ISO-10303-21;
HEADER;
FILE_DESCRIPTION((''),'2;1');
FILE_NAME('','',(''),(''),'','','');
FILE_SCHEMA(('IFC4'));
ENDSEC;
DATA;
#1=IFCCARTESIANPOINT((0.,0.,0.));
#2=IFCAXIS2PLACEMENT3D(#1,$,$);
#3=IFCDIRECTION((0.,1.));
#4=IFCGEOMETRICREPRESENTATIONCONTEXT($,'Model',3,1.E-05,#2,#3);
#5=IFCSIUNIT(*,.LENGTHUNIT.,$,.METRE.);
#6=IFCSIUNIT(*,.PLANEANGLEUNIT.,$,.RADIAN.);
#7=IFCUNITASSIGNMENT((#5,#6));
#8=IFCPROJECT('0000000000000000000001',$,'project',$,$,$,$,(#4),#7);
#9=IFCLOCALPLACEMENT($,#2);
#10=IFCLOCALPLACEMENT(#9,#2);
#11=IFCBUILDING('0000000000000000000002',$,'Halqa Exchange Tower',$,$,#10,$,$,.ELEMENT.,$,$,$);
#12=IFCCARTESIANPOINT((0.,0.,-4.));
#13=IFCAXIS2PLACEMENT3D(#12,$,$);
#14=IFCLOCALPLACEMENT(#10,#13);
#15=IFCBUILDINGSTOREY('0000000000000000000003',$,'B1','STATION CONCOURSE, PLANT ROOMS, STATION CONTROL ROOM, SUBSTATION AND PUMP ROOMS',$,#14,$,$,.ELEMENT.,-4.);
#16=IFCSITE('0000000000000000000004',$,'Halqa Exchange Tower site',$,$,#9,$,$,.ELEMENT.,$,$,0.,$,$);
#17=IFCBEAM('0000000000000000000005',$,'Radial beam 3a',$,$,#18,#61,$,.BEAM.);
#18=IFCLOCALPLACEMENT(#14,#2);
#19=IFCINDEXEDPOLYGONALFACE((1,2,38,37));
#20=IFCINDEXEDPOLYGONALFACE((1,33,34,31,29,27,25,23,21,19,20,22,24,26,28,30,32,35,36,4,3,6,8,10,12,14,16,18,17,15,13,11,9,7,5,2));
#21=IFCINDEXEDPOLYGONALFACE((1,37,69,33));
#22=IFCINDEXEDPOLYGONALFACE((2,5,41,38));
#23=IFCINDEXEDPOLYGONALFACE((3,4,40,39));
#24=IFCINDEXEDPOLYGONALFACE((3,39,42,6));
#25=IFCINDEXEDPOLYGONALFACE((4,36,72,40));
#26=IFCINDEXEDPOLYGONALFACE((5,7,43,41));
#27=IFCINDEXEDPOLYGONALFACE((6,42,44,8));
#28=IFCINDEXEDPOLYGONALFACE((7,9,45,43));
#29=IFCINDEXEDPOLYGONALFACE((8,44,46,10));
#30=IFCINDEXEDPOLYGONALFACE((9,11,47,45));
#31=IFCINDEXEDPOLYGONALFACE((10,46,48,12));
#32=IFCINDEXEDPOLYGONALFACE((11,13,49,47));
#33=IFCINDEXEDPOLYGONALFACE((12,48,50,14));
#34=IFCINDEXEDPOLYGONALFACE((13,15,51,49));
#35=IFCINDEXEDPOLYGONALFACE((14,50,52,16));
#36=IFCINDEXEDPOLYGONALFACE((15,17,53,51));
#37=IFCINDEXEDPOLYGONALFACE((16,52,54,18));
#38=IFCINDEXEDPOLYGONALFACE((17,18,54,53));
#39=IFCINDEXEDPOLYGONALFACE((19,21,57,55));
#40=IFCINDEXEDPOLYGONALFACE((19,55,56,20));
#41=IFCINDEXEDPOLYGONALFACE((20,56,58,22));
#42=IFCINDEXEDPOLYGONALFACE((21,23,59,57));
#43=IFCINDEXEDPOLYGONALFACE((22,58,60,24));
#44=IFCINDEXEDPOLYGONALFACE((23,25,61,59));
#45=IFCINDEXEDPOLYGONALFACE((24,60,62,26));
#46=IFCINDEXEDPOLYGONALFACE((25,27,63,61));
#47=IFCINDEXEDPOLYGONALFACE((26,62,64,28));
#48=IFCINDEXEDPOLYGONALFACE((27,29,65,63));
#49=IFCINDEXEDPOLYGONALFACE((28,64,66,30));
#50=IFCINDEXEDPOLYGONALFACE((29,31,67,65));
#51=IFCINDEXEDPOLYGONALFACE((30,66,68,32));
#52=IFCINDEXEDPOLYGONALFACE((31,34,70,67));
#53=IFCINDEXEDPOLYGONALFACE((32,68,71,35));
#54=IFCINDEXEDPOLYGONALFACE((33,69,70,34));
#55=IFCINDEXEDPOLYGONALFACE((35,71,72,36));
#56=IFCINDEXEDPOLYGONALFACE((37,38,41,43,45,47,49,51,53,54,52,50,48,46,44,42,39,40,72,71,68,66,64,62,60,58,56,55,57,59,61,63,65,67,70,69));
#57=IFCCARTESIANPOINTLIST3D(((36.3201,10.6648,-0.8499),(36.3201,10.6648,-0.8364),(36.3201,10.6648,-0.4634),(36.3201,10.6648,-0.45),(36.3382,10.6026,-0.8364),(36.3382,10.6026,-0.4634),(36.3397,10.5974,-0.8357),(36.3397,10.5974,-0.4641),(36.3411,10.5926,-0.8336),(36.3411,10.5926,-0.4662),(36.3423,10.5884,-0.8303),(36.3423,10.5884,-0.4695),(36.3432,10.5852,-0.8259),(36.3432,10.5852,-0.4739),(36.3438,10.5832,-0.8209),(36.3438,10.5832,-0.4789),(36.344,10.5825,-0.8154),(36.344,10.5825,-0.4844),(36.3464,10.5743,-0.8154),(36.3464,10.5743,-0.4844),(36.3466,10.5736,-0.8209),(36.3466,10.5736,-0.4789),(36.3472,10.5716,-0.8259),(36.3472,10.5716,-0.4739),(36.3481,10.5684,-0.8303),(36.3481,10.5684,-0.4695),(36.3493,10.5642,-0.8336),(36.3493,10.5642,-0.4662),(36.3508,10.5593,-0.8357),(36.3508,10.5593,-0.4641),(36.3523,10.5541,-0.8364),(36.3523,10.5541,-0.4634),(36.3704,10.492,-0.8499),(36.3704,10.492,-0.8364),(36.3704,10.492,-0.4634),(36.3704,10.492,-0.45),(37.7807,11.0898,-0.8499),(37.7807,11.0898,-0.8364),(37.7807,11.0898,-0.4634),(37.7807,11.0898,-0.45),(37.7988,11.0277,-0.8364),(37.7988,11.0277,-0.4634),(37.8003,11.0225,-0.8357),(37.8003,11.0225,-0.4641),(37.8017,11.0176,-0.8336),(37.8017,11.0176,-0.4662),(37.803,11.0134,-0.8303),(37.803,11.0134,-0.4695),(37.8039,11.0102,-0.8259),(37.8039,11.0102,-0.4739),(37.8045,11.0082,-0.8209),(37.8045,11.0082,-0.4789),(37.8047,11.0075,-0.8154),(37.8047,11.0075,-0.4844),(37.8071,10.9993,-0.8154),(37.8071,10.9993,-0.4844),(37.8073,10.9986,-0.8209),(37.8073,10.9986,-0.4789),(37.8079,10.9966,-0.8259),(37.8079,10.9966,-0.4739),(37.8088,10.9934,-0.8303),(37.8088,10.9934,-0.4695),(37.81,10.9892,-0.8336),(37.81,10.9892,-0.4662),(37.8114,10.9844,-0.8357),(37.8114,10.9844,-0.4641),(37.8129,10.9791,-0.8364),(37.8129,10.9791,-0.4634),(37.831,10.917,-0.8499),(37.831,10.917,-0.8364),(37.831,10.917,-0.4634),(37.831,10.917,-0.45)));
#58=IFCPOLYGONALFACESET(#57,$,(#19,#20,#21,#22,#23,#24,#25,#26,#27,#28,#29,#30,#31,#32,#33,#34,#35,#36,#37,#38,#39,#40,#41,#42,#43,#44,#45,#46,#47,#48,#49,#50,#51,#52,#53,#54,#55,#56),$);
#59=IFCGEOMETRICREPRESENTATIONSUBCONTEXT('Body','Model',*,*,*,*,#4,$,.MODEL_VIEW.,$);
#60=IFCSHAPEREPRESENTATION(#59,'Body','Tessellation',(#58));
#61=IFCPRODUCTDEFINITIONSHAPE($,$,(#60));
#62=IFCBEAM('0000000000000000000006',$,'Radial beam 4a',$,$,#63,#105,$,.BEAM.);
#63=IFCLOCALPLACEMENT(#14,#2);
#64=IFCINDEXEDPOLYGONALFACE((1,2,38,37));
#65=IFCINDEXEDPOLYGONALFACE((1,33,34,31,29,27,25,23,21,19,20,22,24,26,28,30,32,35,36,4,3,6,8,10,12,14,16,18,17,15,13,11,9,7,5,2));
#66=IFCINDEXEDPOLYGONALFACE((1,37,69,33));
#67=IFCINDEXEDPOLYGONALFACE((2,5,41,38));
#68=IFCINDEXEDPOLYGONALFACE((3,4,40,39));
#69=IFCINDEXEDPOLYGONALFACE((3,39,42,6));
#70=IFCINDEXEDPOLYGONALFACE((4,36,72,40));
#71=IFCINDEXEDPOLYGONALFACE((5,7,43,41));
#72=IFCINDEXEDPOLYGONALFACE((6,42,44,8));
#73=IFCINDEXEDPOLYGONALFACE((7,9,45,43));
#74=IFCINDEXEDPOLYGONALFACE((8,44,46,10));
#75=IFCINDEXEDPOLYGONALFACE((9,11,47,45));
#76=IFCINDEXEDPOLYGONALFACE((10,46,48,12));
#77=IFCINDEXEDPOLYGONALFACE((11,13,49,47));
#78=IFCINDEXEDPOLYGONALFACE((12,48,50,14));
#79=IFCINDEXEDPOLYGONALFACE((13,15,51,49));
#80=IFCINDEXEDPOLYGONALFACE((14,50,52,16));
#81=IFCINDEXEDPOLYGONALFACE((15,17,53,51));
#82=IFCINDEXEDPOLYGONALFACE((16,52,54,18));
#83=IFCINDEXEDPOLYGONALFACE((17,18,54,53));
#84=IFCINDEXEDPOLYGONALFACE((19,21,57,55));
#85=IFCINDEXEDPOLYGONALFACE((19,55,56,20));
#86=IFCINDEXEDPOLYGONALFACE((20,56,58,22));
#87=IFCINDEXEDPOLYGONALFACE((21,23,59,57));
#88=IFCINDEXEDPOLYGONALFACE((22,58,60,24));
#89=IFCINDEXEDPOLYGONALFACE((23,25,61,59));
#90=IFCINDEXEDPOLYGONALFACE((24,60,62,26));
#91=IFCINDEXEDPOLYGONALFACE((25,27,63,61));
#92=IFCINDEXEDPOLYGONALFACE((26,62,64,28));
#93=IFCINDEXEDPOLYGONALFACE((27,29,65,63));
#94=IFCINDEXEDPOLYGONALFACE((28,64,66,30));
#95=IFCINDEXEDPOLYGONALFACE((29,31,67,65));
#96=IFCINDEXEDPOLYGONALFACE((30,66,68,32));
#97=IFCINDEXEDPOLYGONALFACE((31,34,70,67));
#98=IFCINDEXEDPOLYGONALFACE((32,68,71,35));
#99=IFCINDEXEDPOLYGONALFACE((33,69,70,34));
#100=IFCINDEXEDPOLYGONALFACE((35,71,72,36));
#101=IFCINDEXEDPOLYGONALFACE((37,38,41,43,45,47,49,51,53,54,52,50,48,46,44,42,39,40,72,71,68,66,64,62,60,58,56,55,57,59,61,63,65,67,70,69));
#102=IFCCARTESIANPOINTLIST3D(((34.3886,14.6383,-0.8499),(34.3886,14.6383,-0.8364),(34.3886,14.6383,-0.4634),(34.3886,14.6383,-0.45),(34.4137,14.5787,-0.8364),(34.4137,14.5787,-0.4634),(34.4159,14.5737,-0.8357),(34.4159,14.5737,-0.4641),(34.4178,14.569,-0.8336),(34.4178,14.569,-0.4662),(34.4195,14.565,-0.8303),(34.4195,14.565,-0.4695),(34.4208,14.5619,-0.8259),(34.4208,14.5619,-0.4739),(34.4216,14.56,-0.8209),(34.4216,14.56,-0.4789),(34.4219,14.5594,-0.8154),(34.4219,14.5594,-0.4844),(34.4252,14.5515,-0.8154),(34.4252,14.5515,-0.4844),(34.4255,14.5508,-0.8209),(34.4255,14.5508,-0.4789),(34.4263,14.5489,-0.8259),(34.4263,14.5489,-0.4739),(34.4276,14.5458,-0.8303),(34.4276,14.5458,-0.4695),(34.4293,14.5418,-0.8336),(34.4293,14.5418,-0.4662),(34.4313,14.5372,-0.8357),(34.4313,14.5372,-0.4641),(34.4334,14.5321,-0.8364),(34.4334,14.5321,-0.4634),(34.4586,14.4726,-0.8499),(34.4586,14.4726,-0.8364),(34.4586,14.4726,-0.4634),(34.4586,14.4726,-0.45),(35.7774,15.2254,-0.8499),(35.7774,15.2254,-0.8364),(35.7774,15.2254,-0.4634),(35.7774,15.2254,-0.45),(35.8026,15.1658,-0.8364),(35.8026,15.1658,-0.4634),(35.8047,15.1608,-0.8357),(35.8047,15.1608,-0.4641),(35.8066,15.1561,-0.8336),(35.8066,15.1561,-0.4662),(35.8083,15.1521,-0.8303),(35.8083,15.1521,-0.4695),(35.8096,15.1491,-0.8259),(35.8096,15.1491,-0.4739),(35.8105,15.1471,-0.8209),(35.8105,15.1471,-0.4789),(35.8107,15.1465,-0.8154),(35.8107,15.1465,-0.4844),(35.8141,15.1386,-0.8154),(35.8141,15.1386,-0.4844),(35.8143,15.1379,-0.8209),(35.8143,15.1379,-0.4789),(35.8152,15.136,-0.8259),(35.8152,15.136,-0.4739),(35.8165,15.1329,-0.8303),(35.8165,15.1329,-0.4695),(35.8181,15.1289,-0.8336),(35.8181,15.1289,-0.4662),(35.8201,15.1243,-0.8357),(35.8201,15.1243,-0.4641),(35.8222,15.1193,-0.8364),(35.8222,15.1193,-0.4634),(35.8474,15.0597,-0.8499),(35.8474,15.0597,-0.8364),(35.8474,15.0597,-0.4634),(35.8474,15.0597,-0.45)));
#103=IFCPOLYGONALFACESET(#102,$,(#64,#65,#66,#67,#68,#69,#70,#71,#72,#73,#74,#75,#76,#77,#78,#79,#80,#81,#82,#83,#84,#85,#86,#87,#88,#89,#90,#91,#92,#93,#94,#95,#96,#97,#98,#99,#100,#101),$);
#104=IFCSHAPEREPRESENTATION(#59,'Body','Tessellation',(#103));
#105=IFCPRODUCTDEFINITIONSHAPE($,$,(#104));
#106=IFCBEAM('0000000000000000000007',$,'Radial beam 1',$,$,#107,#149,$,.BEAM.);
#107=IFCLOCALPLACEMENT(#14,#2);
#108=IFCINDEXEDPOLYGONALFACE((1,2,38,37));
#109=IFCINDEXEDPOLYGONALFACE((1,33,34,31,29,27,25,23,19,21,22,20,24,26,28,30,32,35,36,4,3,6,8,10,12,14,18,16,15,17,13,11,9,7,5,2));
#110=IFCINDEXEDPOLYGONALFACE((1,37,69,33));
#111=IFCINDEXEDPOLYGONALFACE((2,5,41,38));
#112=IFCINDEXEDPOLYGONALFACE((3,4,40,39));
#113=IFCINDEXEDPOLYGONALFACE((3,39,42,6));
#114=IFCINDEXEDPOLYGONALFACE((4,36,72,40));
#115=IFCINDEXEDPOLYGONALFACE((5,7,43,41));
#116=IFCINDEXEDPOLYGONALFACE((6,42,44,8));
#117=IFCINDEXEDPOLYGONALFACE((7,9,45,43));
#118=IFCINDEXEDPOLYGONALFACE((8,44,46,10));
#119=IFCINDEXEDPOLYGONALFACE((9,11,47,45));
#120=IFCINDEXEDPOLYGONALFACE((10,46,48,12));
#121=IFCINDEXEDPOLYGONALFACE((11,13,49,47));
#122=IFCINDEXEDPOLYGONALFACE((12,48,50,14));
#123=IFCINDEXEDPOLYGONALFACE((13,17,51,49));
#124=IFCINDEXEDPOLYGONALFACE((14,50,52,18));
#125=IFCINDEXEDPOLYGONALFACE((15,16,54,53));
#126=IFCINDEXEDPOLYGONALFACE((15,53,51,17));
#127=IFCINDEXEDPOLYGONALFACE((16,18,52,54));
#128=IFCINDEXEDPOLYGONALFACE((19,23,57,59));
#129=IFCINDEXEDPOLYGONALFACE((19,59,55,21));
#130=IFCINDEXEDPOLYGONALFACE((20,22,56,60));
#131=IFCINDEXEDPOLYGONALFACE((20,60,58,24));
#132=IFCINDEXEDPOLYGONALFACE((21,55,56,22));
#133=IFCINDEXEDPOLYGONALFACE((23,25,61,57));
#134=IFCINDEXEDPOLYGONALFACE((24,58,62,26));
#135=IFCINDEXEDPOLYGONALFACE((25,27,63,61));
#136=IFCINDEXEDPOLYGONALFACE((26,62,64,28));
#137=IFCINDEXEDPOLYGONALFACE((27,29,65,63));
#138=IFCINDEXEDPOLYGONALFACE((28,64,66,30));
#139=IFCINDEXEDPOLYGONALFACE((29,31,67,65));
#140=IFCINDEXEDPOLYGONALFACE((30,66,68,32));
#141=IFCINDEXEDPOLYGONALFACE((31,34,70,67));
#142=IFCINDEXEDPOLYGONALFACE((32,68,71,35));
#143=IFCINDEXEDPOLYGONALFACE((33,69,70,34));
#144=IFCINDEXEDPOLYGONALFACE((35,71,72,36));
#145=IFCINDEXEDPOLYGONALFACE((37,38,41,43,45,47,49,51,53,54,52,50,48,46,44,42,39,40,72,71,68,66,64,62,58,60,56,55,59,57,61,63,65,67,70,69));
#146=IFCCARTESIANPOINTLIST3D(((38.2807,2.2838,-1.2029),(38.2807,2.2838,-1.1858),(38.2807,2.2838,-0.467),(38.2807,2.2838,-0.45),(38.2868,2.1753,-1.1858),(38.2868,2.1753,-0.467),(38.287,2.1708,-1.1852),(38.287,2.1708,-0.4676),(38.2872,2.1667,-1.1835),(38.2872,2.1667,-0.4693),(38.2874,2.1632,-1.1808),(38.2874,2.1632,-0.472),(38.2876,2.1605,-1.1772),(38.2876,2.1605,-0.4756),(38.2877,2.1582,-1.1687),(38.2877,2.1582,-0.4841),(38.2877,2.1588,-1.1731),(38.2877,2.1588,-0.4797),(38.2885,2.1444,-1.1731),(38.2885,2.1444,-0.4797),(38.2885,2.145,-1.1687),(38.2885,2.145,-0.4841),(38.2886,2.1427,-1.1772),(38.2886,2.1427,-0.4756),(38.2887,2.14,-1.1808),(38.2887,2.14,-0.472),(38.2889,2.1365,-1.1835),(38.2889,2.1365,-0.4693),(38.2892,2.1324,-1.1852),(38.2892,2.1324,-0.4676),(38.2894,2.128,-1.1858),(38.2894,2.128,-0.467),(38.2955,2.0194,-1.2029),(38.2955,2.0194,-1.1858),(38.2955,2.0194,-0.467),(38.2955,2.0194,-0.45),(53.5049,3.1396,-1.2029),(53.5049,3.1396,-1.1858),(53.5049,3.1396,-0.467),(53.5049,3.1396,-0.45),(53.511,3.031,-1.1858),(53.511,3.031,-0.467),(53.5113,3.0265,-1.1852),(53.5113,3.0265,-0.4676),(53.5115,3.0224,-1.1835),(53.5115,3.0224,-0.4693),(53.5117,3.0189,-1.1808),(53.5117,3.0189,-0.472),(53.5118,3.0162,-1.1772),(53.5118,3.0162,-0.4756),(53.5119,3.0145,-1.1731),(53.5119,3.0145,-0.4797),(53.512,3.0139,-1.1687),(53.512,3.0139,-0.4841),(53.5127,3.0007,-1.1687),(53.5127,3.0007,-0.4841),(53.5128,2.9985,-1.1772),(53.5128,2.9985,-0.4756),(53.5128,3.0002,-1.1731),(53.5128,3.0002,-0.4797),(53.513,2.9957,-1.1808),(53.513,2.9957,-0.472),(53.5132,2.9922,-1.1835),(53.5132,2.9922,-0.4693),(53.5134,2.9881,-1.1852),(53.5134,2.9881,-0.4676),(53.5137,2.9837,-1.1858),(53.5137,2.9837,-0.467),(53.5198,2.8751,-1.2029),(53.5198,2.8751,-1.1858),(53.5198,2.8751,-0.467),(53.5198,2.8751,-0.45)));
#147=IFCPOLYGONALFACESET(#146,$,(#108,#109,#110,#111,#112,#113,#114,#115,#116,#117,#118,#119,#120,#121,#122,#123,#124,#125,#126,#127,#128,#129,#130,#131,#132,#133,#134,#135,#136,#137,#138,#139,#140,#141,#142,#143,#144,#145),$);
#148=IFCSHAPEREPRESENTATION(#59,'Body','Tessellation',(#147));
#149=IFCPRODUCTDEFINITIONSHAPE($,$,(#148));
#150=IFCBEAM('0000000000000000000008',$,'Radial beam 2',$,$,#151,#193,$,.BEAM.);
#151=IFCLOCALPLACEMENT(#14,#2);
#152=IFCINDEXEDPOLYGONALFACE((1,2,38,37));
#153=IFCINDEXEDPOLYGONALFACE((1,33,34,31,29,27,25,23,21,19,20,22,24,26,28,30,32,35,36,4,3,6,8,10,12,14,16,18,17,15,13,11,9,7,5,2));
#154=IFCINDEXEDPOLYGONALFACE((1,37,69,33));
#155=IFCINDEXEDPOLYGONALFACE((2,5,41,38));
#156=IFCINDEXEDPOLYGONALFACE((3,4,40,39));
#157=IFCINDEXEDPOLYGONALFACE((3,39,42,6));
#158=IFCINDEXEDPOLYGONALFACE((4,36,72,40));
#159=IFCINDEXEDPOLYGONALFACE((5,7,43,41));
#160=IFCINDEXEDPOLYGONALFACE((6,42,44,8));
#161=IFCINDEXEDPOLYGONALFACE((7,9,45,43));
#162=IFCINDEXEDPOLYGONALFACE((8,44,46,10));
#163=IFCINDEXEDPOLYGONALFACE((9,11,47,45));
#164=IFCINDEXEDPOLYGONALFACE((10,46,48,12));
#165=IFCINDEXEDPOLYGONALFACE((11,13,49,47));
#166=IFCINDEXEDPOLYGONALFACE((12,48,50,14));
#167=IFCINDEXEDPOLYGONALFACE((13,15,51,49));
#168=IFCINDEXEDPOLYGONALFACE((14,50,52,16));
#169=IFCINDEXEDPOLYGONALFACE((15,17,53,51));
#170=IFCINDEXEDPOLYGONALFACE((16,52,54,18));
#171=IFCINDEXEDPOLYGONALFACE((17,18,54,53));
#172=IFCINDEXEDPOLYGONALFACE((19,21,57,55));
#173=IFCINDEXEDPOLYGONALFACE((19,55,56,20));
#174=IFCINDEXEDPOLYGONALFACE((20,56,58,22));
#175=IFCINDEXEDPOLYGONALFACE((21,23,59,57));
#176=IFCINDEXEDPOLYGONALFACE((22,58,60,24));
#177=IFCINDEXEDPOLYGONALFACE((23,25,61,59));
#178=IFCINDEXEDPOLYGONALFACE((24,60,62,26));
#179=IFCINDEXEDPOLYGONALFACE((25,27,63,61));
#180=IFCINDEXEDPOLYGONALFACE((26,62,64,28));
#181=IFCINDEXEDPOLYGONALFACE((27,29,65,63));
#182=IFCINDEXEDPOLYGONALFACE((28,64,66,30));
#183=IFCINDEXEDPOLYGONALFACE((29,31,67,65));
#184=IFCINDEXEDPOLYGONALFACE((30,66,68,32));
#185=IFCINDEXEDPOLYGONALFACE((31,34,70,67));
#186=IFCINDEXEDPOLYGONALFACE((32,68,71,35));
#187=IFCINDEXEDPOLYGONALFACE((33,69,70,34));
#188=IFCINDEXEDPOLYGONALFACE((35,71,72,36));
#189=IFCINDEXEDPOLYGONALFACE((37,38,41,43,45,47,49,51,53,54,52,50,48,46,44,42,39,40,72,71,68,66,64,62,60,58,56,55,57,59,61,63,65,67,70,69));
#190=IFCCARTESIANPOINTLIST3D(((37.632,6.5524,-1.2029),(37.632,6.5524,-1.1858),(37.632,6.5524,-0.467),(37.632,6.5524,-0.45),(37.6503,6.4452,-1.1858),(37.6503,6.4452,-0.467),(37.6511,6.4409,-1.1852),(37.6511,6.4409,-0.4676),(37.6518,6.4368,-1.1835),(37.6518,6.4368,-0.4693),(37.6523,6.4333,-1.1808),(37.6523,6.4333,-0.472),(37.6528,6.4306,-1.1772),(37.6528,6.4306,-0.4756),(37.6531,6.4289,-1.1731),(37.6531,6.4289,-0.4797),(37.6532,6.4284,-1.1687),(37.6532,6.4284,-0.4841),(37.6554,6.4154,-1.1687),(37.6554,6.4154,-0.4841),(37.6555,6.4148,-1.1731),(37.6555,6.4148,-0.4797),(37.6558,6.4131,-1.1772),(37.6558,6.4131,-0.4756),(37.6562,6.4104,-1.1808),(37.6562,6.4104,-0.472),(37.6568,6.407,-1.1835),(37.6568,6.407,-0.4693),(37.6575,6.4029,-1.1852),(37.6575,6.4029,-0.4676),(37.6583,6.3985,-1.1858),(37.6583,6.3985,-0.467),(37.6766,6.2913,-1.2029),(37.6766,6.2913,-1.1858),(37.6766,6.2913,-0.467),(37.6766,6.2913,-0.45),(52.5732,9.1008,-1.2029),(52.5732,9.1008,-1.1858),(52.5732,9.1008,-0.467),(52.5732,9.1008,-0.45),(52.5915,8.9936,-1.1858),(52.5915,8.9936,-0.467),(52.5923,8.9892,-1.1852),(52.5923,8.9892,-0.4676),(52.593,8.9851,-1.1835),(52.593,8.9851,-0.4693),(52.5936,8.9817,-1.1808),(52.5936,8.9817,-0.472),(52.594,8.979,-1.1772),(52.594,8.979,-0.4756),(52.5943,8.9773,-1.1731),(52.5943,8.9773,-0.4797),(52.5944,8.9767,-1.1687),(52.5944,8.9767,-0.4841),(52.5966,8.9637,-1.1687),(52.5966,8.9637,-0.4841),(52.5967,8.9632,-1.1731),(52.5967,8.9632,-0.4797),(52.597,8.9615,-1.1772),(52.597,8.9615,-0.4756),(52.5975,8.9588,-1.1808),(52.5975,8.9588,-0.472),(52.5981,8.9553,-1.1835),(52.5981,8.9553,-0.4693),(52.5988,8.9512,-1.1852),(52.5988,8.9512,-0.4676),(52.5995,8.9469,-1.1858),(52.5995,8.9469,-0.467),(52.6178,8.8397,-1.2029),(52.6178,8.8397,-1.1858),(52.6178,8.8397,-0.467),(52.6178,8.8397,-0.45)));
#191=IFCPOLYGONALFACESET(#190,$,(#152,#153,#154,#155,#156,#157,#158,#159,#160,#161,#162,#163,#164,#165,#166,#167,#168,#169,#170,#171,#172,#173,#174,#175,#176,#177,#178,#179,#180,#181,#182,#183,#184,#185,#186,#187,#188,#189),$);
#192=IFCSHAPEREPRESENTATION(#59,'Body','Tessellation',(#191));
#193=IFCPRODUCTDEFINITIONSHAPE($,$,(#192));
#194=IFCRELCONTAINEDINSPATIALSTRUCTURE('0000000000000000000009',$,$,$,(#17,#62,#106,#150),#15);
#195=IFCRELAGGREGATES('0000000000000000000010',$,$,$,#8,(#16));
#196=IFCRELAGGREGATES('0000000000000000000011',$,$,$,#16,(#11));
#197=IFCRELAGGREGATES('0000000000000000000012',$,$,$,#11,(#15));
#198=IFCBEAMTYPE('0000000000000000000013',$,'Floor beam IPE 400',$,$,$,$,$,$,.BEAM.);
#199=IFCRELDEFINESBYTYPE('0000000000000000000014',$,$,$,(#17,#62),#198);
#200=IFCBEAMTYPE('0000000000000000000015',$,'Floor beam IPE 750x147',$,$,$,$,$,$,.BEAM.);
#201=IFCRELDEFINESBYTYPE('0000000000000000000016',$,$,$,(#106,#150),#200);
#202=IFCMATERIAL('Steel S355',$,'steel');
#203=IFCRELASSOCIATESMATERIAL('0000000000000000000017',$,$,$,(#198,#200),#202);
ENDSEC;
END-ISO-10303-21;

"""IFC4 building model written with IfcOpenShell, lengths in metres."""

from ifc_helpers import new_model, si_unit, direction, frame, origin, origin_2d, place, context, subcontext, project, spatial, i_section, extrude, material, material_profile, profile_set, type_object, element, save


model = new_model("IFC4")

# Units and contexts
model_context = context("Model", 3, precision=1e-05, world=origin(), true_north=direction((0.0, 1.0)))
body_context = subcontext(model_context, "Body", "Model", "MODEL_VIEW")
ifc_project = project(units=[si_unit("LENGTHUNIT", "METRE"), si_unit("PLANEANGLEUNIT", "RADIAN")], contexts=[model_context])

# Site, building, storey
site_placement = place(None, origin())
site = spatial("IfcSite", under=ifc_project, at=site_placement, Name="Halqa Exchange Tower site", CompositionType="ELEMENT", RefElevation=0.0)
building_placement = place(site_placement, origin())
building = spatial("IfcBuilding", under=site, at=building_placement, Name="Halqa Exchange Tower", CompositionType="ELEMENT")
storey_placement = place(building_placement, frame((0.0, 0.0, -4.0)))
storey = spatial("IfcBuildingStorey", under=building, at=storey_placement, Name="B1", Description="STATION CONCOURSE, PLANT ROOMS, STATION CONTROL ROOM, SUBSTATION AND PUMP ROOMS", CompositionType="ELEMENT", Elevation=-4.0)

# Beams
ifc_material_1 = material(Name="Steel S355", Category="steel")
ifc_material_profile_1 = material_profile(ifc_material_1, i_section(OverallWidth=0.1799, OverallDepth=0.3999, WebThickness=0.0085, FlangeThickness=0.0134, FilletRadius=0.021, at=origin_2d()), Name="IPE 400")
ifc_profile_set_1 = profile_set([ifc_material_profile_1], Name="Steel S355")
beam_type_1 = type_object("IfcBeamType", Name="Floor beam IPE 400", PredefinedType="BEAM", material=ifc_profile_set_1)
beam_1_placement = place(storey_placement, frame((36.3452, 10.5784, -0.6499), z_axis=(0.960174, 0.279402, 0.0), x_axis=(-0.279402, 0.960174, 0.0)))
element("IfcBeam", 1, at=beam_1_placement, inside=storey, type_object=beam_type_1, Name="Radial beam 3a", PredefinedType="BEAM", context=body_context, shape_type="SweptSolid", body=[
    extrude(i_section(OverallWidth=0.1799, OverallDepth=0.3999, WebThickness=0.0085, FlangeThickness=0.0134, FilletRadius=0.021, at=origin_2d()), origin(), (0.0, 0.0, 1.0), 1.5212),
])
beam_2_placement = place(storey_placement, frame((34.4236, 14.5554, -0.6499), z_axis=(0.921077, 0.389381, 0.0), x_axis=(-0.389381, 0.921077, 0.0)))
element("IfcBeam", 2, at=beam_2_placement, inside=storey, type_object=beam_type_1, Name="Radial beam 4a", PredefinedType="BEAM", context=body_context, shape_type="SweptSolid", body=[
    extrude(i_section(OverallWidth=0.1799, OverallDepth=0.3999, WebThickness=0.0085, FlangeThickness=0.0134, FilletRadius=0.021, at=origin_2d()), origin(), (0.0, 0.0, 1.0), 1.5078),
])
ifc_material_profile_2 = material_profile(ifc_material_1, i_section(OverallWidth=0.2649, OverallDepth=0.7529, WebThickness=0.0132, FlangeThickness=0.0171, FilletRadius=0.0171, at=origin_2d()), Name="IPE 750x147")
ifc_profile_set_2 = profile_set([ifc_material_profile_2], Name="Steel S355")
beam_type_2 = type_object("IfcBeamType", Name="Floor beam IPE 750x147", PredefinedType="BEAM", material=ifc_profile_set_2)
beam_3_placement = place(storey_placement, frame((38.2881, 2.1516, -0.8264), z_axis=(0.998424, 0.056118, 0.0), x_axis=(-0.056118, 0.998424, 0.0)))
element("IfcBeam", 3, at=beam_3_placement, inside=storey, type_object=beam_type_2, Name="Radial beam 1", PredefinedType="BEAM", context=body_context, shape_type="SweptSolid", body=[
    extrude(i_section(OverallWidth=0.2649, OverallDepth=0.7529, WebThickness=0.0132, FlangeThickness=0.0171, FilletRadius=0.0171, at=origin_2d()), origin(), (0.0, 0.0, 1.0), 15.2483),
])
beam_4_placement = place(storey_placement, frame((37.6543, 6.4219, -0.8264), z_axis=(0.985765, 0.16813, 0.0), x_axis=(-0.16813, 0.985765, 0.0)))
element("IfcBeam", 4, at=beam_4_placement, inside=storey, type_object=beam_type_2, Name="Radial beam 2", PredefinedType="BEAM", context=body_context, shape_type="SweptSolid", body=[
    extrude(i_section(OverallWidth=0.2649, OverallDepth=0.7529, WebThickness=0.0132, FlangeThickness=0.0171, FilletRadius=0.0171, at=origin_2d()), origin(), (0.0, 0.0, 1.0), 15.157),
])

save(model, "model.ifc")
